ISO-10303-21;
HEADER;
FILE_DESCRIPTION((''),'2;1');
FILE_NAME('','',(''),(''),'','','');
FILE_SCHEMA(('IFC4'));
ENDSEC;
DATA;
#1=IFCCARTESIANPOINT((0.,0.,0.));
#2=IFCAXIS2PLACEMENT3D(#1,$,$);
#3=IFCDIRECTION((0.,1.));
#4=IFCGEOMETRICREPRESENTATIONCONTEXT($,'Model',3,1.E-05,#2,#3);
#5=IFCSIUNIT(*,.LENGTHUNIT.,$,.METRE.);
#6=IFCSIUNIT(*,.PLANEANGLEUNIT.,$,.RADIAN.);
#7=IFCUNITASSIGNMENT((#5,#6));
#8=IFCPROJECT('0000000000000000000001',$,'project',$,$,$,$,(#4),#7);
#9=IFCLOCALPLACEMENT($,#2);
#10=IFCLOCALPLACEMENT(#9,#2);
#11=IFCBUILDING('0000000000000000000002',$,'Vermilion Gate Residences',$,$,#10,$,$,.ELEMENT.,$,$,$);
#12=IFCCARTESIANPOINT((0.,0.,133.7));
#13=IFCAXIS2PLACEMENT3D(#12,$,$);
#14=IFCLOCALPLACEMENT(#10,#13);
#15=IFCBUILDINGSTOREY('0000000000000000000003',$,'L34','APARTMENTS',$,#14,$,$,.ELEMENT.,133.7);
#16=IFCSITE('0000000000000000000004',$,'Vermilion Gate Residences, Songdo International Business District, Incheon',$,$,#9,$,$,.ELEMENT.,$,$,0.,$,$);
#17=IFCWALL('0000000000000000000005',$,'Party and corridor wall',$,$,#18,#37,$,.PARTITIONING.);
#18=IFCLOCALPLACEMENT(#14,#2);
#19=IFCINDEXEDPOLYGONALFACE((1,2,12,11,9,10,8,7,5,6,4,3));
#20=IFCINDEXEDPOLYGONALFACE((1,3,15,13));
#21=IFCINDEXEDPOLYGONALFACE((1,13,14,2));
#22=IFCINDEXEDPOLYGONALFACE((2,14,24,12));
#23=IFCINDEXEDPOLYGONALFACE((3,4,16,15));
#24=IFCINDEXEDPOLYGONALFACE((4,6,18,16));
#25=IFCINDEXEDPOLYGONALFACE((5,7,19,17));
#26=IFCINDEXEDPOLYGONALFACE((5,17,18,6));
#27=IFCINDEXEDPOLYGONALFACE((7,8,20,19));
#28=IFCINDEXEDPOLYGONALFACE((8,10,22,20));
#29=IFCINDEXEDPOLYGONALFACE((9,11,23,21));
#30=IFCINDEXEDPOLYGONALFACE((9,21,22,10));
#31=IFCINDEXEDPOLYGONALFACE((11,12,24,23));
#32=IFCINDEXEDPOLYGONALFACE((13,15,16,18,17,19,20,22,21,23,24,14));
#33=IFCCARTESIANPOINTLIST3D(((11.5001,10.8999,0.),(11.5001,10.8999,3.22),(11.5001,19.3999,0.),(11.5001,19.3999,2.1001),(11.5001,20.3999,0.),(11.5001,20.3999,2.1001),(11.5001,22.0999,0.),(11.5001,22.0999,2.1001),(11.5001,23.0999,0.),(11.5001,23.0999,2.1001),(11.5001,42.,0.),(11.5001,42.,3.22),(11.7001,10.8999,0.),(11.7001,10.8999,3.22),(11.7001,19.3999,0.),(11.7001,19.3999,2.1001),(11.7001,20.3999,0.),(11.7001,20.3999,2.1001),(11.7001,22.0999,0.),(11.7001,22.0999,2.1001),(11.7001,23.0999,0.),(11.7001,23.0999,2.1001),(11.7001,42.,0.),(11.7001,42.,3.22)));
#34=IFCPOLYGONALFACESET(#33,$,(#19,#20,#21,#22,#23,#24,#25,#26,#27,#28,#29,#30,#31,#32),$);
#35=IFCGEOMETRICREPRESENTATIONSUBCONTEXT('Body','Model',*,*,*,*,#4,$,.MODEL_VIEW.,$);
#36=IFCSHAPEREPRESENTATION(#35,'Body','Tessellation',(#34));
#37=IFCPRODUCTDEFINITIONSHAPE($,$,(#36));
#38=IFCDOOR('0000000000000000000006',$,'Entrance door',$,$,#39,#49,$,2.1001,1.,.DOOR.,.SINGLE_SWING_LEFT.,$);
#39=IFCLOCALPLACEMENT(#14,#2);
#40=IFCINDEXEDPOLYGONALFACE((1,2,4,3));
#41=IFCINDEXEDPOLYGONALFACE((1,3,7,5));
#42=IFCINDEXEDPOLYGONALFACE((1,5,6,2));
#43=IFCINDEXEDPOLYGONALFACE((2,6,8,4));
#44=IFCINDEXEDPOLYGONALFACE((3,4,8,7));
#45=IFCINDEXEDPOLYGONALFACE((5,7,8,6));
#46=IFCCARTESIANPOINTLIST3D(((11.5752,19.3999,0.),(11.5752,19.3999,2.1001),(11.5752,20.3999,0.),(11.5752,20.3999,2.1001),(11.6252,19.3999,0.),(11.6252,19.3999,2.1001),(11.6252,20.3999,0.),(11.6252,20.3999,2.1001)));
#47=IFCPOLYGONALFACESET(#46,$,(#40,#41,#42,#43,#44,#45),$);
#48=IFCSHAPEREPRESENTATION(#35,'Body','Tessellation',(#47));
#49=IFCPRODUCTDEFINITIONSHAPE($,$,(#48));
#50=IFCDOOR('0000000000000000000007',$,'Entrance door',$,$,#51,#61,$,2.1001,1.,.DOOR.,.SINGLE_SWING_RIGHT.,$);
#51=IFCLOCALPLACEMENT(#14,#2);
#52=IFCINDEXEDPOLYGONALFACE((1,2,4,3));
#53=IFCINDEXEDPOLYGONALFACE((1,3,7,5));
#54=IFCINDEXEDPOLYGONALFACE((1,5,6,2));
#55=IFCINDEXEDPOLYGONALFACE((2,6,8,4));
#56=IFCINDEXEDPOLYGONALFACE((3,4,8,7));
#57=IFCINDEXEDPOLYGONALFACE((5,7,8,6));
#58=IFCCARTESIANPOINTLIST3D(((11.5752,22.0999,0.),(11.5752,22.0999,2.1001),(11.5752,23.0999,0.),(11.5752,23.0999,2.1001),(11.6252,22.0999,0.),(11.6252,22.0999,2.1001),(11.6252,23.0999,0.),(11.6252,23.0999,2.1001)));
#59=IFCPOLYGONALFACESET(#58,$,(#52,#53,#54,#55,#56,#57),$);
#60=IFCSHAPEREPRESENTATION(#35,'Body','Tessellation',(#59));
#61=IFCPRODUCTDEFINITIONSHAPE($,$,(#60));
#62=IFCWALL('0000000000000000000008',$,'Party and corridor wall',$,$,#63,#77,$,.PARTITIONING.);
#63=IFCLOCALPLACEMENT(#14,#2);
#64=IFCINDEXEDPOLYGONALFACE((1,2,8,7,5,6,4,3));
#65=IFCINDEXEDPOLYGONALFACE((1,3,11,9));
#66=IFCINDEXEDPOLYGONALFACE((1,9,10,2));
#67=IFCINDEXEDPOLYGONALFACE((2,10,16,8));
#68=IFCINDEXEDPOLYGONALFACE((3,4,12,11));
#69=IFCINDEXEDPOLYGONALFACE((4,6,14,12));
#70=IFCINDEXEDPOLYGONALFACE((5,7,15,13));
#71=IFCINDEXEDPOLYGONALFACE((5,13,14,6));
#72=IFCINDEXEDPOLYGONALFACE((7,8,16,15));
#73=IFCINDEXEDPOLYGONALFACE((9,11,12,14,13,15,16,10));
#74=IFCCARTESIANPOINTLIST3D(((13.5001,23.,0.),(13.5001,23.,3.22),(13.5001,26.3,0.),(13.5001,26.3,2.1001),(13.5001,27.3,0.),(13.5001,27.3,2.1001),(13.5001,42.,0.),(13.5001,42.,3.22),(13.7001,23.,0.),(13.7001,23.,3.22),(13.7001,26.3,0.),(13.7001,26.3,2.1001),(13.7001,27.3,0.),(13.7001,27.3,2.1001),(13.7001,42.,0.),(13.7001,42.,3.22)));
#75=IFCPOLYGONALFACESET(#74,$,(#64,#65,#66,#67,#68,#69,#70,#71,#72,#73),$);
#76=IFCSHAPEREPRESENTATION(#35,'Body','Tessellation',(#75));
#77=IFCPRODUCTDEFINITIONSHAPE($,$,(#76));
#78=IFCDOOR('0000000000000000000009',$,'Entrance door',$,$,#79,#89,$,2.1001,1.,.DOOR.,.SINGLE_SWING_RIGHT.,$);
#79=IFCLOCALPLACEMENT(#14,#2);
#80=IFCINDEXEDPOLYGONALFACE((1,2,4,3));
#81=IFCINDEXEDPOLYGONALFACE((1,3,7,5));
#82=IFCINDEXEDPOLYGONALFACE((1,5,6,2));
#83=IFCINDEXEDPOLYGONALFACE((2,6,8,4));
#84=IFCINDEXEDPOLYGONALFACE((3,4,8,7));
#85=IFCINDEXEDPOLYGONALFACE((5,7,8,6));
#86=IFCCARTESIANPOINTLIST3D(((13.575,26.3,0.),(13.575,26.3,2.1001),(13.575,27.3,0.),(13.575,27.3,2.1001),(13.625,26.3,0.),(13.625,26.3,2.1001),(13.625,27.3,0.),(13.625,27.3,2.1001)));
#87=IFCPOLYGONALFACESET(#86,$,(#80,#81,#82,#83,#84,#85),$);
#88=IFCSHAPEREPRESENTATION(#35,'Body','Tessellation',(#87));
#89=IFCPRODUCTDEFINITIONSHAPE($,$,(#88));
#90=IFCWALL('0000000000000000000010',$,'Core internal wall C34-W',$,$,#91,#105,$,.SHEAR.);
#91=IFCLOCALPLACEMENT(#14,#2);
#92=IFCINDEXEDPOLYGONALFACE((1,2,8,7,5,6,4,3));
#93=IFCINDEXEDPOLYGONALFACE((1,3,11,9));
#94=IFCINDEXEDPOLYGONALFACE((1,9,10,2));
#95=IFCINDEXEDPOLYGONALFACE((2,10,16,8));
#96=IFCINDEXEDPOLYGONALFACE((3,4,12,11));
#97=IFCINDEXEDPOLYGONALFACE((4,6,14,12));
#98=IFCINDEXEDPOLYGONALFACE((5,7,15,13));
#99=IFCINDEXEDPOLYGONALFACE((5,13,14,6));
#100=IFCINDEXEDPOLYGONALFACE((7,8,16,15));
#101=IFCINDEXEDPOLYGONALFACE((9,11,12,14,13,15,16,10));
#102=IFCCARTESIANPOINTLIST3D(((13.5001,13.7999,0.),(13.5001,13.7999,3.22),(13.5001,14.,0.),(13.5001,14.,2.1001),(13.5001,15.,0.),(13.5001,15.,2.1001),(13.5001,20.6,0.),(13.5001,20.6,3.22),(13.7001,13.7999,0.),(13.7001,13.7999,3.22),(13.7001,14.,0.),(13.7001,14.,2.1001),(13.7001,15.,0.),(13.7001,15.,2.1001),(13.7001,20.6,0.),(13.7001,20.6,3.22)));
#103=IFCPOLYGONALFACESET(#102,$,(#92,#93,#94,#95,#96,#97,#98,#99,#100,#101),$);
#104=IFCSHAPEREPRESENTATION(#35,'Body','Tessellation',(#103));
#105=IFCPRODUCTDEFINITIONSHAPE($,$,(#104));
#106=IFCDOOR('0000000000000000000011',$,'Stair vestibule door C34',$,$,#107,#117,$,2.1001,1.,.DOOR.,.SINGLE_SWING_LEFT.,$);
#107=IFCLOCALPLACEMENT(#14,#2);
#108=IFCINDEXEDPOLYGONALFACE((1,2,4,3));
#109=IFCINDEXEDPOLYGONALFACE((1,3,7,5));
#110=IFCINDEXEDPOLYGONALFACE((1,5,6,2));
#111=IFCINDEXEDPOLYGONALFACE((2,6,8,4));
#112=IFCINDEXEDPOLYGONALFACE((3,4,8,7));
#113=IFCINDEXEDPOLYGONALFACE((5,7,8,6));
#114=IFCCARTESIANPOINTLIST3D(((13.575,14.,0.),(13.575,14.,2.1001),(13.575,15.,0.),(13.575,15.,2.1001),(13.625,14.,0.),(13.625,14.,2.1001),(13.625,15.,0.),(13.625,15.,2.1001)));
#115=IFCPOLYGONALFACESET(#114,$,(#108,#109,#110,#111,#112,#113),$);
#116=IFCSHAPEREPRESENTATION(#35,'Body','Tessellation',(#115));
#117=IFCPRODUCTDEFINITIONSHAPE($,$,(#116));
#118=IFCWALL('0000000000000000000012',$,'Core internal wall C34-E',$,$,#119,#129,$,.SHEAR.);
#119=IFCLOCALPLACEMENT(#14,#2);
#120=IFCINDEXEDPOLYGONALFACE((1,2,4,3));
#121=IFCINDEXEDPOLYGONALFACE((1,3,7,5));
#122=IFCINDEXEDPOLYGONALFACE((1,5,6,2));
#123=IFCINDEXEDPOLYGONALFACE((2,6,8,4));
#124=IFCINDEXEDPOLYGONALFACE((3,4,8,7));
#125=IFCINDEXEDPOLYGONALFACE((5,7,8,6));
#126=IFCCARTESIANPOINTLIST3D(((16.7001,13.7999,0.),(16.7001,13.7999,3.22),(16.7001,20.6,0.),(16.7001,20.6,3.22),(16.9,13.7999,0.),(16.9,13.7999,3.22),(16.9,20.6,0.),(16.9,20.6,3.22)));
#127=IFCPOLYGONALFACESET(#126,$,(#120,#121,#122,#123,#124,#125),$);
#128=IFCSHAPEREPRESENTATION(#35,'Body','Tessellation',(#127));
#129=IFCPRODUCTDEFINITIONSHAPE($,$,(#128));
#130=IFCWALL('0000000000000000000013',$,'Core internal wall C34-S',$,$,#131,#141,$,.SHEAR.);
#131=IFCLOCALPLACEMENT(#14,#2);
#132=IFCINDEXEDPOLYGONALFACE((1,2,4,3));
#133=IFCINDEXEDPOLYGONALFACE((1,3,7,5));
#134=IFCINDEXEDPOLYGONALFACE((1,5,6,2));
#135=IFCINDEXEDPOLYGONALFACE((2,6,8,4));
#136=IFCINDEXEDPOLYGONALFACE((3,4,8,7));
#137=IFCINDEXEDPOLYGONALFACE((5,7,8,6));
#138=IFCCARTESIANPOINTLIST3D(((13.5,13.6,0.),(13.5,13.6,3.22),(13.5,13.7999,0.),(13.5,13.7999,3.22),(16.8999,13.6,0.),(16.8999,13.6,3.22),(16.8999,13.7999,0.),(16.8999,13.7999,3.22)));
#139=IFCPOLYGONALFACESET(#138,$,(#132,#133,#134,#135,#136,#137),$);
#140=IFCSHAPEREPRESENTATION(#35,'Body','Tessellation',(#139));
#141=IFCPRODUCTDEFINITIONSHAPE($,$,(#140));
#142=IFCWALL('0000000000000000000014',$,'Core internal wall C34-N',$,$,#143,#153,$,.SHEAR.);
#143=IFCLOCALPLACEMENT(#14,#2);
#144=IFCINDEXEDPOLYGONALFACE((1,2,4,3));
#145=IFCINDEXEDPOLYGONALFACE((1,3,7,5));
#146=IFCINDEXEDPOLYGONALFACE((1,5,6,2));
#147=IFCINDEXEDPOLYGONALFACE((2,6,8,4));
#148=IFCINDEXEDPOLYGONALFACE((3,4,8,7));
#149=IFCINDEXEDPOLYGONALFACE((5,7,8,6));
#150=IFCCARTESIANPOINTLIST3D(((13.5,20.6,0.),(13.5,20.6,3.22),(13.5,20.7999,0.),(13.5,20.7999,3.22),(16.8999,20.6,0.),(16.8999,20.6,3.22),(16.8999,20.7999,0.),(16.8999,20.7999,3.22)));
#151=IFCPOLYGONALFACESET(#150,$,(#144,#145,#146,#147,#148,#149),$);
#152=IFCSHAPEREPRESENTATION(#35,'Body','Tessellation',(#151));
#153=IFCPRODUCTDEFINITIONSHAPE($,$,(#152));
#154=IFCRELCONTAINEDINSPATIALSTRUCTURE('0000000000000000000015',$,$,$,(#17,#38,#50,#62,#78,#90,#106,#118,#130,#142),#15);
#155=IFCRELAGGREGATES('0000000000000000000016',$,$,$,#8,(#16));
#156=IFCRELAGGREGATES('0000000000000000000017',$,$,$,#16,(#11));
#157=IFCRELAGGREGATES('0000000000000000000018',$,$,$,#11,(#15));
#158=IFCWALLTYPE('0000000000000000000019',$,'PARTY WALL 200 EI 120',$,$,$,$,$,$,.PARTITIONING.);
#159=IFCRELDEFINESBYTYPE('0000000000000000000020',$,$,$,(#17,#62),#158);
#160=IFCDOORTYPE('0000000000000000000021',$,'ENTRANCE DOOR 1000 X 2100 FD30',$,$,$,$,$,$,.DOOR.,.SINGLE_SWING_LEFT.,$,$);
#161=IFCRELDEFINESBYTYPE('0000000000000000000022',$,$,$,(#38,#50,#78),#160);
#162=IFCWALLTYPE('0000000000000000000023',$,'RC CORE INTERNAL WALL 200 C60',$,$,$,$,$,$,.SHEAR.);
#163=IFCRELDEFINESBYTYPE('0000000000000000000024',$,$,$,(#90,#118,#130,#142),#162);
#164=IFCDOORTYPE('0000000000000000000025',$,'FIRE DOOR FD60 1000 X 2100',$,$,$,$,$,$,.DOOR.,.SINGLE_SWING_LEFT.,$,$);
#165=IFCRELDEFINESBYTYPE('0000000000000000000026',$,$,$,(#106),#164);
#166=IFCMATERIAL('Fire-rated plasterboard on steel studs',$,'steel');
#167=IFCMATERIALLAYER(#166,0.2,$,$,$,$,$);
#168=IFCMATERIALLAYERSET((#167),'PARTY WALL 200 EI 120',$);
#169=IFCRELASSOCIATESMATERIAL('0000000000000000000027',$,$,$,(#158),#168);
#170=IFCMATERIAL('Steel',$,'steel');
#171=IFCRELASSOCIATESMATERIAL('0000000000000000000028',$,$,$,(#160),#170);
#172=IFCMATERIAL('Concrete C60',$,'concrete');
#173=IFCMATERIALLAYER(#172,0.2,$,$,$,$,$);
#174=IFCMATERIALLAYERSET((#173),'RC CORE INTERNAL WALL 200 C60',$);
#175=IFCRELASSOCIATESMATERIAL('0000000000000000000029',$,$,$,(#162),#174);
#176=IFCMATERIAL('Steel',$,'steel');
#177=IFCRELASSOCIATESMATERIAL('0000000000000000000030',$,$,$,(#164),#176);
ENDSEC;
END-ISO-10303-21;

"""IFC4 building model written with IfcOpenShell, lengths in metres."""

from ifc_helpers import new_model, si_unit, direction, frame, frame_2d, origin, place, context, subcontext, project, spatial, rectangle, extrude, material, layer, layer_set, type_object, element, fill, save


model = new_model("IFC4")

# Units and contexts
model_context = context("Model", 3, precision=1e-05, world=origin(), true_north=direction((0.0, 1.0)))
body_context = subcontext(model_context, "Body", "Model", "MODEL_VIEW")
ifc_project = project(units=[si_unit("LENGTHUNIT", "METRE"), si_unit("PLANEANGLEUNIT", "RADIAN")], contexts=[model_context])

# Site, building, storey
site_placement = place(None, origin())
site = spatial("IfcSite", under=ifc_project, at=site_placement, Name="Vermilion Gate Residences, Songdo International Business District, Incheon", CompositionType="ELEMENT", RefElevation=0.0)
building_placement = place(site_placement, origin())
building = spatial("IfcBuilding", under=site, at=building_placement, Name="Vermilion Gate Residences", CompositionType="ELEMENT")
storey_placement = place(building_placement, frame((0.0, 0.0, 133.7)))
storey = spatial("IfcBuildingStorey", under=building, at=storey_placement, Name="L34", Description="APARTMENTS", CompositionType="ELEMENT", Elevation=133.7)

# Shared definitions
ifc_material_1 = material(Name="Fire-rated plasterboard on steel studs", Category="steel")
ifc_layer_1 = layer(ifc_material_1, 0.2)
ifc_layer_set_1 = layer_set([ifc_layer_1], Name="PARTY WALL 200 EI 120")
wall_type_1 = type_object("IfcWallType", Name="PARTY WALL 200 EI 120", PredefinedType="PARTITIONING", material=ifc_layer_set_1)
ifc_material_2 = material(Name="Steel", Category="steel")
door_type_1 = type_object("IfcDoorType", Name="ENTRANCE DOOR 1000 X 2100 FD30", OperationType="SINGLE_SWING_LEFT", PredefinedType="DOOR", material=ifc_material_2)

# Wall, openings, doors
wall_1_placement = place(storey_placement, frame((11.6001, 10.8999, 0.0), z_axis=(0.0, 0.0, 1.0), x_axis=(0.0, 1.0, 0.0)))
wall_1 = element("IfcWall", 1, at=wall_1_placement, inside=storey, type_object=wall_type_1, Name="Party and corridor wall", PredefinedType="PARTITIONING", context=body_context, shape_type="SweptSolid", body=[
    extrude(rectangle(XDim=31.1001, YDim=0.2, at=frame_2d((15.55, 0.0))), origin(), (0.0, 0.0, 1.0), 3.22),
])
opening_1_placement = place(wall_1_placement, frame((8.5, 0.0, 0.0)))
opening_1 = element("IfcOpeningElement", 2, at=opening_1_placement, cuts=wall_1, PredefinedType="OPENING", context=body_context, shape_type="SweptSolid", body=[
    extrude(rectangle(XDim=1.0, YDim=2.1001, at=frame_2d((0.5, 1.05))), frame((0.0, 0.1099, 0.0), z_axis=(0.0, -1.0, 0.0), x_axis=(1.0, 0.0, 0.0)), (0.0, 0.0, 1.0), 0.22),
])
opening_2_placement = place(wall_1_placement, frame((11.2, 0.0, 0.0)))
opening_2 = element("IfcOpeningElement", 3, at=opening_2_placement, cuts=wall_1, PredefinedType="OPENING", context=body_context, shape_type="SweptSolid", body=[
    extrude(rectangle(XDim=1.0, YDim=2.1001, at=frame_2d((0.5, 1.05))), frame((0.0, 0.1099, 0.0), z_axis=(0.0, -1.0, 0.0), x_axis=(1.0, 0.0, 0.0)), (0.0, 0.0, 1.0), 0.22),
])
door_1_placement = place(opening_1_placement, origin())
door_1 = element("IfcDoor", 4, at=door_1_placement, inside=storey, type_object=door_type_1, Name="Entrance door", OperationType="SINGLE_SWING_LEFT", OverallHeight=2.1001, OverallWidth=1.0, PredefinedType="DOOR", context=body_context, shape_type="SweptSolid", body=[
    extrude(rectangle(XDim=1.0, YDim=2.1001, at=frame_2d((0.5, 1.05))), frame((0.0, 0.0249, 0.0), z_axis=(0.0, -1.0, 0.0), x_axis=(1.0, 0.0, 0.0)), (0.0, 0.0, 1.0), 0.05),
])
fill(opening_1, door_1)
door_2_placement = place(opening_2_placement, origin())
door_2 = element("IfcDoor", 5, at=door_2_placement, inside=storey, type_object=door_type_1, Name="Entrance door", OperationType="SINGLE_SWING_RIGHT", OverallHeight=2.1001, OverallWidth=1.0, PredefinedType="DOOR", context=body_context, shape_type="SweptSolid", body=[
    extrude(rectangle(XDim=1.0, YDim=2.1001, at=frame_2d((0.5, 1.05))), frame((0.0, 0.0249, 0.0), z_axis=(0.0, -1.0, 0.0), x_axis=(1.0, 0.0, 0.0)), (0.0, 0.0, 1.0), 0.05),
])
fill(opening_2, door_2)

# Walls, openings, doors
wall_2_placement = place(storey_placement, frame((13.6001, 23.0, 0.0), z_axis=(0.0, 0.0, 1.0), x_axis=(0.0, 1.0, 0.0)))
wall_2 = element("IfcWall", 6, at=wall_2_placement, inside=storey, type_object=wall_type_1, Name="Party and corridor wall", PredefinedType="PARTITIONING", context=body_context, shape_type="SweptSolid", body=[
    extrude(rectangle(XDim=19.0, YDim=0.2, at=frame_2d((9.5, 0.0))), origin(), (0.0, 0.0, 1.0), 3.22),
])
opening_3_placement = place(wall_2_placement, frame((3.3, 0.0, 0.0)))
opening_3 = element("IfcOpeningElement", 7, at=opening_3_placement, cuts=wall_2, PredefinedType="OPENING", context=body_context, shape_type="SweptSolid", body=[
    extrude(rectangle(XDim=1.0, YDim=2.1001, at=frame_2d((0.5, 1.05))), frame((0.0, 0.1099, 0.0), z_axis=(0.0, -1.0, 0.0), x_axis=(1.0, 0.0, 0.0)), (0.0, 0.0, 1.0), 0.22),
])
door_3_placement = place(opening_3_placement, frame((1.0, 0.0, 0.0), z_axis=(0.0, 0.0, 1.0), x_axis=(-1.0, 0.0, 0.0)))
door_3 = element("IfcDoor", 8, at=door_3_placement, inside=storey, type_object=door_type_1, Name="Entrance door", OperationType="SINGLE_SWING_RIGHT", OverallHeight=2.1001, OverallWidth=1.0, PredefinedType="DOOR", context=body_context, shape_type="SweptSolid", body=[
    extrude(rectangle(XDim=1.0, YDim=2.1001, at=frame_2d((0.5, 1.05))), frame((0.0, 0.0249, 0.0), z_axis=(0.0, -1.0, 0.0), x_axis=(1.0, 0.0, 0.0)), (0.0, 0.0, 1.0), 0.05),
])
fill(opening_3, door_3)
ifc_material_3 = material(Name="Concrete C60", Category="concrete")
ifc_layer_2 = layer(ifc_material_3, 0.2)
ifc_layer_set_2 = layer_set([ifc_layer_2], Name="RC CORE INTERNAL WALL 200 C60")
wall_type_2 = type_object("IfcWallType", Name="RC CORE INTERNAL WALL 200 C60", PredefinedType="SHEAR", material=ifc_layer_set_2)
wall_3_placement = place(storey_placement, frame((13.6001, 13.8, 0.0), z_axis=(0.0, 0.0, 1.0), x_axis=(0.0, 1.0, 0.0)))
wall_3 = element("IfcWall", 9, at=wall_3_placement, inside=storey, type_object=wall_type_2, Name="Core internal wall C34-W", PredefinedType="SHEAR", context=body_context, shape_type="SweptSolid", body=[
    extrude(rectangle(XDim=6.8, YDim=0.2, at=frame_2d((3.3999, 0.0))), origin(), (0.0, 0.0, 1.0), 3.22),
])
opening_4_placement = place(wall_3_placement, frame((0.2, 0.0, 0.0)))
opening_4 = element("IfcOpeningElement", 10, at=opening_4_placement, cuts=wall_3, PredefinedType="OPENING", context=body_context, shape_type="SweptSolid", body=[
    extrude(rectangle(XDim=1.0, YDim=2.1001, at=frame_2d((0.5, 1.05))), frame((0.0, 0.1099, 0.0), z_axis=(0.0, -1.0, 0.0), x_axis=(1.0, 0.0, 0.0)), (0.0, 0.0, 1.0), 0.22),
])
ifc_material_4 = material(Name="Steel", Category="steel")
door_type_2 = type_object("IfcDoorType", Name="FIRE DOOR FD60 1000 X 2100", OperationType="SINGLE_SWING_LEFT", PredefinedType="DOOR", material=ifc_material_4)
door_4_placement = place(opening_4_placement, frame((1.0, 0.0, 0.0), z_axis=(0.0, 0.0, 1.0), x_axis=(-1.0, 0.0, 0.0)))
door_4 = element("IfcDoor", 11, at=door_4_placement, inside=storey, type_object=door_type_2, Name="Stair vestibule door C34", OperationType="SINGLE_SWING_LEFT", OverallHeight=2.1001, OverallWidth=1.0, PredefinedType="DOOR", context=body_context, shape_type="SweptSolid", body=[
    extrude(rectangle(XDim=1.0, YDim=2.1001, at=frame_2d((0.5, 1.05))), frame((0.0, 0.0249, 0.0), z_axis=(0.0, -1.0, 0.0), x_axis=(1.0, 0.0, 0.0)), (0.0, 0.0, 1.0), 0.05),
])
fill(opening_4, door_4)

# Walls
wall_4_placement = place(storey_placement, frame((16.8, 13.8, 0.0), z_axis=(0.0, 0.0, 1.0), x_axis=(0.0, 1.0, 0.0)))
element("IfcWall", 12, at=wall_4_placement, inside=storey, type_object=wall_type_2, Name="Core internal wall C34-E", PredefinedType="SHEAR", context=body_context, shape_type="SweptSolid", body=[
    extrude(rectangle(XDim=6.8, YDim=0.2, at=frame_2d((3.3999, 0.0))), origin(), (0.0, 0.0, 1.0), 3.22),
])
for number, where, z_axis, x_axis, name in (
    (13, (13.5, 13.7, 0.0), (0.0, 0.0, 1.0), (1.0, 0.0, 0.0), "Core internal wall C34-S"),
    (14, (13.5, 20.7, 0.0), (0.0, 0.0, 1.0), (1.0, 0.0, 0.0), "Core internal wall C34-N"),
):
    element("IfcWall", number, at=place(storey_placement, frame(where, z_axis=z_axis, x_axis=x_axis)), inside=storey, type_object=wall_type_2, Name=name, PredefinedType="SHEAR", context=body_context, shape_type="SweptSolid", body=[
        extrude(rectangle(XDim=3.3999, YDim=0.2, at=frame_2d((1.7, 0.0))), origin(), (0.0, 0.0, 1.0), 3.22),
    ])

save(model, "model.ifc")
